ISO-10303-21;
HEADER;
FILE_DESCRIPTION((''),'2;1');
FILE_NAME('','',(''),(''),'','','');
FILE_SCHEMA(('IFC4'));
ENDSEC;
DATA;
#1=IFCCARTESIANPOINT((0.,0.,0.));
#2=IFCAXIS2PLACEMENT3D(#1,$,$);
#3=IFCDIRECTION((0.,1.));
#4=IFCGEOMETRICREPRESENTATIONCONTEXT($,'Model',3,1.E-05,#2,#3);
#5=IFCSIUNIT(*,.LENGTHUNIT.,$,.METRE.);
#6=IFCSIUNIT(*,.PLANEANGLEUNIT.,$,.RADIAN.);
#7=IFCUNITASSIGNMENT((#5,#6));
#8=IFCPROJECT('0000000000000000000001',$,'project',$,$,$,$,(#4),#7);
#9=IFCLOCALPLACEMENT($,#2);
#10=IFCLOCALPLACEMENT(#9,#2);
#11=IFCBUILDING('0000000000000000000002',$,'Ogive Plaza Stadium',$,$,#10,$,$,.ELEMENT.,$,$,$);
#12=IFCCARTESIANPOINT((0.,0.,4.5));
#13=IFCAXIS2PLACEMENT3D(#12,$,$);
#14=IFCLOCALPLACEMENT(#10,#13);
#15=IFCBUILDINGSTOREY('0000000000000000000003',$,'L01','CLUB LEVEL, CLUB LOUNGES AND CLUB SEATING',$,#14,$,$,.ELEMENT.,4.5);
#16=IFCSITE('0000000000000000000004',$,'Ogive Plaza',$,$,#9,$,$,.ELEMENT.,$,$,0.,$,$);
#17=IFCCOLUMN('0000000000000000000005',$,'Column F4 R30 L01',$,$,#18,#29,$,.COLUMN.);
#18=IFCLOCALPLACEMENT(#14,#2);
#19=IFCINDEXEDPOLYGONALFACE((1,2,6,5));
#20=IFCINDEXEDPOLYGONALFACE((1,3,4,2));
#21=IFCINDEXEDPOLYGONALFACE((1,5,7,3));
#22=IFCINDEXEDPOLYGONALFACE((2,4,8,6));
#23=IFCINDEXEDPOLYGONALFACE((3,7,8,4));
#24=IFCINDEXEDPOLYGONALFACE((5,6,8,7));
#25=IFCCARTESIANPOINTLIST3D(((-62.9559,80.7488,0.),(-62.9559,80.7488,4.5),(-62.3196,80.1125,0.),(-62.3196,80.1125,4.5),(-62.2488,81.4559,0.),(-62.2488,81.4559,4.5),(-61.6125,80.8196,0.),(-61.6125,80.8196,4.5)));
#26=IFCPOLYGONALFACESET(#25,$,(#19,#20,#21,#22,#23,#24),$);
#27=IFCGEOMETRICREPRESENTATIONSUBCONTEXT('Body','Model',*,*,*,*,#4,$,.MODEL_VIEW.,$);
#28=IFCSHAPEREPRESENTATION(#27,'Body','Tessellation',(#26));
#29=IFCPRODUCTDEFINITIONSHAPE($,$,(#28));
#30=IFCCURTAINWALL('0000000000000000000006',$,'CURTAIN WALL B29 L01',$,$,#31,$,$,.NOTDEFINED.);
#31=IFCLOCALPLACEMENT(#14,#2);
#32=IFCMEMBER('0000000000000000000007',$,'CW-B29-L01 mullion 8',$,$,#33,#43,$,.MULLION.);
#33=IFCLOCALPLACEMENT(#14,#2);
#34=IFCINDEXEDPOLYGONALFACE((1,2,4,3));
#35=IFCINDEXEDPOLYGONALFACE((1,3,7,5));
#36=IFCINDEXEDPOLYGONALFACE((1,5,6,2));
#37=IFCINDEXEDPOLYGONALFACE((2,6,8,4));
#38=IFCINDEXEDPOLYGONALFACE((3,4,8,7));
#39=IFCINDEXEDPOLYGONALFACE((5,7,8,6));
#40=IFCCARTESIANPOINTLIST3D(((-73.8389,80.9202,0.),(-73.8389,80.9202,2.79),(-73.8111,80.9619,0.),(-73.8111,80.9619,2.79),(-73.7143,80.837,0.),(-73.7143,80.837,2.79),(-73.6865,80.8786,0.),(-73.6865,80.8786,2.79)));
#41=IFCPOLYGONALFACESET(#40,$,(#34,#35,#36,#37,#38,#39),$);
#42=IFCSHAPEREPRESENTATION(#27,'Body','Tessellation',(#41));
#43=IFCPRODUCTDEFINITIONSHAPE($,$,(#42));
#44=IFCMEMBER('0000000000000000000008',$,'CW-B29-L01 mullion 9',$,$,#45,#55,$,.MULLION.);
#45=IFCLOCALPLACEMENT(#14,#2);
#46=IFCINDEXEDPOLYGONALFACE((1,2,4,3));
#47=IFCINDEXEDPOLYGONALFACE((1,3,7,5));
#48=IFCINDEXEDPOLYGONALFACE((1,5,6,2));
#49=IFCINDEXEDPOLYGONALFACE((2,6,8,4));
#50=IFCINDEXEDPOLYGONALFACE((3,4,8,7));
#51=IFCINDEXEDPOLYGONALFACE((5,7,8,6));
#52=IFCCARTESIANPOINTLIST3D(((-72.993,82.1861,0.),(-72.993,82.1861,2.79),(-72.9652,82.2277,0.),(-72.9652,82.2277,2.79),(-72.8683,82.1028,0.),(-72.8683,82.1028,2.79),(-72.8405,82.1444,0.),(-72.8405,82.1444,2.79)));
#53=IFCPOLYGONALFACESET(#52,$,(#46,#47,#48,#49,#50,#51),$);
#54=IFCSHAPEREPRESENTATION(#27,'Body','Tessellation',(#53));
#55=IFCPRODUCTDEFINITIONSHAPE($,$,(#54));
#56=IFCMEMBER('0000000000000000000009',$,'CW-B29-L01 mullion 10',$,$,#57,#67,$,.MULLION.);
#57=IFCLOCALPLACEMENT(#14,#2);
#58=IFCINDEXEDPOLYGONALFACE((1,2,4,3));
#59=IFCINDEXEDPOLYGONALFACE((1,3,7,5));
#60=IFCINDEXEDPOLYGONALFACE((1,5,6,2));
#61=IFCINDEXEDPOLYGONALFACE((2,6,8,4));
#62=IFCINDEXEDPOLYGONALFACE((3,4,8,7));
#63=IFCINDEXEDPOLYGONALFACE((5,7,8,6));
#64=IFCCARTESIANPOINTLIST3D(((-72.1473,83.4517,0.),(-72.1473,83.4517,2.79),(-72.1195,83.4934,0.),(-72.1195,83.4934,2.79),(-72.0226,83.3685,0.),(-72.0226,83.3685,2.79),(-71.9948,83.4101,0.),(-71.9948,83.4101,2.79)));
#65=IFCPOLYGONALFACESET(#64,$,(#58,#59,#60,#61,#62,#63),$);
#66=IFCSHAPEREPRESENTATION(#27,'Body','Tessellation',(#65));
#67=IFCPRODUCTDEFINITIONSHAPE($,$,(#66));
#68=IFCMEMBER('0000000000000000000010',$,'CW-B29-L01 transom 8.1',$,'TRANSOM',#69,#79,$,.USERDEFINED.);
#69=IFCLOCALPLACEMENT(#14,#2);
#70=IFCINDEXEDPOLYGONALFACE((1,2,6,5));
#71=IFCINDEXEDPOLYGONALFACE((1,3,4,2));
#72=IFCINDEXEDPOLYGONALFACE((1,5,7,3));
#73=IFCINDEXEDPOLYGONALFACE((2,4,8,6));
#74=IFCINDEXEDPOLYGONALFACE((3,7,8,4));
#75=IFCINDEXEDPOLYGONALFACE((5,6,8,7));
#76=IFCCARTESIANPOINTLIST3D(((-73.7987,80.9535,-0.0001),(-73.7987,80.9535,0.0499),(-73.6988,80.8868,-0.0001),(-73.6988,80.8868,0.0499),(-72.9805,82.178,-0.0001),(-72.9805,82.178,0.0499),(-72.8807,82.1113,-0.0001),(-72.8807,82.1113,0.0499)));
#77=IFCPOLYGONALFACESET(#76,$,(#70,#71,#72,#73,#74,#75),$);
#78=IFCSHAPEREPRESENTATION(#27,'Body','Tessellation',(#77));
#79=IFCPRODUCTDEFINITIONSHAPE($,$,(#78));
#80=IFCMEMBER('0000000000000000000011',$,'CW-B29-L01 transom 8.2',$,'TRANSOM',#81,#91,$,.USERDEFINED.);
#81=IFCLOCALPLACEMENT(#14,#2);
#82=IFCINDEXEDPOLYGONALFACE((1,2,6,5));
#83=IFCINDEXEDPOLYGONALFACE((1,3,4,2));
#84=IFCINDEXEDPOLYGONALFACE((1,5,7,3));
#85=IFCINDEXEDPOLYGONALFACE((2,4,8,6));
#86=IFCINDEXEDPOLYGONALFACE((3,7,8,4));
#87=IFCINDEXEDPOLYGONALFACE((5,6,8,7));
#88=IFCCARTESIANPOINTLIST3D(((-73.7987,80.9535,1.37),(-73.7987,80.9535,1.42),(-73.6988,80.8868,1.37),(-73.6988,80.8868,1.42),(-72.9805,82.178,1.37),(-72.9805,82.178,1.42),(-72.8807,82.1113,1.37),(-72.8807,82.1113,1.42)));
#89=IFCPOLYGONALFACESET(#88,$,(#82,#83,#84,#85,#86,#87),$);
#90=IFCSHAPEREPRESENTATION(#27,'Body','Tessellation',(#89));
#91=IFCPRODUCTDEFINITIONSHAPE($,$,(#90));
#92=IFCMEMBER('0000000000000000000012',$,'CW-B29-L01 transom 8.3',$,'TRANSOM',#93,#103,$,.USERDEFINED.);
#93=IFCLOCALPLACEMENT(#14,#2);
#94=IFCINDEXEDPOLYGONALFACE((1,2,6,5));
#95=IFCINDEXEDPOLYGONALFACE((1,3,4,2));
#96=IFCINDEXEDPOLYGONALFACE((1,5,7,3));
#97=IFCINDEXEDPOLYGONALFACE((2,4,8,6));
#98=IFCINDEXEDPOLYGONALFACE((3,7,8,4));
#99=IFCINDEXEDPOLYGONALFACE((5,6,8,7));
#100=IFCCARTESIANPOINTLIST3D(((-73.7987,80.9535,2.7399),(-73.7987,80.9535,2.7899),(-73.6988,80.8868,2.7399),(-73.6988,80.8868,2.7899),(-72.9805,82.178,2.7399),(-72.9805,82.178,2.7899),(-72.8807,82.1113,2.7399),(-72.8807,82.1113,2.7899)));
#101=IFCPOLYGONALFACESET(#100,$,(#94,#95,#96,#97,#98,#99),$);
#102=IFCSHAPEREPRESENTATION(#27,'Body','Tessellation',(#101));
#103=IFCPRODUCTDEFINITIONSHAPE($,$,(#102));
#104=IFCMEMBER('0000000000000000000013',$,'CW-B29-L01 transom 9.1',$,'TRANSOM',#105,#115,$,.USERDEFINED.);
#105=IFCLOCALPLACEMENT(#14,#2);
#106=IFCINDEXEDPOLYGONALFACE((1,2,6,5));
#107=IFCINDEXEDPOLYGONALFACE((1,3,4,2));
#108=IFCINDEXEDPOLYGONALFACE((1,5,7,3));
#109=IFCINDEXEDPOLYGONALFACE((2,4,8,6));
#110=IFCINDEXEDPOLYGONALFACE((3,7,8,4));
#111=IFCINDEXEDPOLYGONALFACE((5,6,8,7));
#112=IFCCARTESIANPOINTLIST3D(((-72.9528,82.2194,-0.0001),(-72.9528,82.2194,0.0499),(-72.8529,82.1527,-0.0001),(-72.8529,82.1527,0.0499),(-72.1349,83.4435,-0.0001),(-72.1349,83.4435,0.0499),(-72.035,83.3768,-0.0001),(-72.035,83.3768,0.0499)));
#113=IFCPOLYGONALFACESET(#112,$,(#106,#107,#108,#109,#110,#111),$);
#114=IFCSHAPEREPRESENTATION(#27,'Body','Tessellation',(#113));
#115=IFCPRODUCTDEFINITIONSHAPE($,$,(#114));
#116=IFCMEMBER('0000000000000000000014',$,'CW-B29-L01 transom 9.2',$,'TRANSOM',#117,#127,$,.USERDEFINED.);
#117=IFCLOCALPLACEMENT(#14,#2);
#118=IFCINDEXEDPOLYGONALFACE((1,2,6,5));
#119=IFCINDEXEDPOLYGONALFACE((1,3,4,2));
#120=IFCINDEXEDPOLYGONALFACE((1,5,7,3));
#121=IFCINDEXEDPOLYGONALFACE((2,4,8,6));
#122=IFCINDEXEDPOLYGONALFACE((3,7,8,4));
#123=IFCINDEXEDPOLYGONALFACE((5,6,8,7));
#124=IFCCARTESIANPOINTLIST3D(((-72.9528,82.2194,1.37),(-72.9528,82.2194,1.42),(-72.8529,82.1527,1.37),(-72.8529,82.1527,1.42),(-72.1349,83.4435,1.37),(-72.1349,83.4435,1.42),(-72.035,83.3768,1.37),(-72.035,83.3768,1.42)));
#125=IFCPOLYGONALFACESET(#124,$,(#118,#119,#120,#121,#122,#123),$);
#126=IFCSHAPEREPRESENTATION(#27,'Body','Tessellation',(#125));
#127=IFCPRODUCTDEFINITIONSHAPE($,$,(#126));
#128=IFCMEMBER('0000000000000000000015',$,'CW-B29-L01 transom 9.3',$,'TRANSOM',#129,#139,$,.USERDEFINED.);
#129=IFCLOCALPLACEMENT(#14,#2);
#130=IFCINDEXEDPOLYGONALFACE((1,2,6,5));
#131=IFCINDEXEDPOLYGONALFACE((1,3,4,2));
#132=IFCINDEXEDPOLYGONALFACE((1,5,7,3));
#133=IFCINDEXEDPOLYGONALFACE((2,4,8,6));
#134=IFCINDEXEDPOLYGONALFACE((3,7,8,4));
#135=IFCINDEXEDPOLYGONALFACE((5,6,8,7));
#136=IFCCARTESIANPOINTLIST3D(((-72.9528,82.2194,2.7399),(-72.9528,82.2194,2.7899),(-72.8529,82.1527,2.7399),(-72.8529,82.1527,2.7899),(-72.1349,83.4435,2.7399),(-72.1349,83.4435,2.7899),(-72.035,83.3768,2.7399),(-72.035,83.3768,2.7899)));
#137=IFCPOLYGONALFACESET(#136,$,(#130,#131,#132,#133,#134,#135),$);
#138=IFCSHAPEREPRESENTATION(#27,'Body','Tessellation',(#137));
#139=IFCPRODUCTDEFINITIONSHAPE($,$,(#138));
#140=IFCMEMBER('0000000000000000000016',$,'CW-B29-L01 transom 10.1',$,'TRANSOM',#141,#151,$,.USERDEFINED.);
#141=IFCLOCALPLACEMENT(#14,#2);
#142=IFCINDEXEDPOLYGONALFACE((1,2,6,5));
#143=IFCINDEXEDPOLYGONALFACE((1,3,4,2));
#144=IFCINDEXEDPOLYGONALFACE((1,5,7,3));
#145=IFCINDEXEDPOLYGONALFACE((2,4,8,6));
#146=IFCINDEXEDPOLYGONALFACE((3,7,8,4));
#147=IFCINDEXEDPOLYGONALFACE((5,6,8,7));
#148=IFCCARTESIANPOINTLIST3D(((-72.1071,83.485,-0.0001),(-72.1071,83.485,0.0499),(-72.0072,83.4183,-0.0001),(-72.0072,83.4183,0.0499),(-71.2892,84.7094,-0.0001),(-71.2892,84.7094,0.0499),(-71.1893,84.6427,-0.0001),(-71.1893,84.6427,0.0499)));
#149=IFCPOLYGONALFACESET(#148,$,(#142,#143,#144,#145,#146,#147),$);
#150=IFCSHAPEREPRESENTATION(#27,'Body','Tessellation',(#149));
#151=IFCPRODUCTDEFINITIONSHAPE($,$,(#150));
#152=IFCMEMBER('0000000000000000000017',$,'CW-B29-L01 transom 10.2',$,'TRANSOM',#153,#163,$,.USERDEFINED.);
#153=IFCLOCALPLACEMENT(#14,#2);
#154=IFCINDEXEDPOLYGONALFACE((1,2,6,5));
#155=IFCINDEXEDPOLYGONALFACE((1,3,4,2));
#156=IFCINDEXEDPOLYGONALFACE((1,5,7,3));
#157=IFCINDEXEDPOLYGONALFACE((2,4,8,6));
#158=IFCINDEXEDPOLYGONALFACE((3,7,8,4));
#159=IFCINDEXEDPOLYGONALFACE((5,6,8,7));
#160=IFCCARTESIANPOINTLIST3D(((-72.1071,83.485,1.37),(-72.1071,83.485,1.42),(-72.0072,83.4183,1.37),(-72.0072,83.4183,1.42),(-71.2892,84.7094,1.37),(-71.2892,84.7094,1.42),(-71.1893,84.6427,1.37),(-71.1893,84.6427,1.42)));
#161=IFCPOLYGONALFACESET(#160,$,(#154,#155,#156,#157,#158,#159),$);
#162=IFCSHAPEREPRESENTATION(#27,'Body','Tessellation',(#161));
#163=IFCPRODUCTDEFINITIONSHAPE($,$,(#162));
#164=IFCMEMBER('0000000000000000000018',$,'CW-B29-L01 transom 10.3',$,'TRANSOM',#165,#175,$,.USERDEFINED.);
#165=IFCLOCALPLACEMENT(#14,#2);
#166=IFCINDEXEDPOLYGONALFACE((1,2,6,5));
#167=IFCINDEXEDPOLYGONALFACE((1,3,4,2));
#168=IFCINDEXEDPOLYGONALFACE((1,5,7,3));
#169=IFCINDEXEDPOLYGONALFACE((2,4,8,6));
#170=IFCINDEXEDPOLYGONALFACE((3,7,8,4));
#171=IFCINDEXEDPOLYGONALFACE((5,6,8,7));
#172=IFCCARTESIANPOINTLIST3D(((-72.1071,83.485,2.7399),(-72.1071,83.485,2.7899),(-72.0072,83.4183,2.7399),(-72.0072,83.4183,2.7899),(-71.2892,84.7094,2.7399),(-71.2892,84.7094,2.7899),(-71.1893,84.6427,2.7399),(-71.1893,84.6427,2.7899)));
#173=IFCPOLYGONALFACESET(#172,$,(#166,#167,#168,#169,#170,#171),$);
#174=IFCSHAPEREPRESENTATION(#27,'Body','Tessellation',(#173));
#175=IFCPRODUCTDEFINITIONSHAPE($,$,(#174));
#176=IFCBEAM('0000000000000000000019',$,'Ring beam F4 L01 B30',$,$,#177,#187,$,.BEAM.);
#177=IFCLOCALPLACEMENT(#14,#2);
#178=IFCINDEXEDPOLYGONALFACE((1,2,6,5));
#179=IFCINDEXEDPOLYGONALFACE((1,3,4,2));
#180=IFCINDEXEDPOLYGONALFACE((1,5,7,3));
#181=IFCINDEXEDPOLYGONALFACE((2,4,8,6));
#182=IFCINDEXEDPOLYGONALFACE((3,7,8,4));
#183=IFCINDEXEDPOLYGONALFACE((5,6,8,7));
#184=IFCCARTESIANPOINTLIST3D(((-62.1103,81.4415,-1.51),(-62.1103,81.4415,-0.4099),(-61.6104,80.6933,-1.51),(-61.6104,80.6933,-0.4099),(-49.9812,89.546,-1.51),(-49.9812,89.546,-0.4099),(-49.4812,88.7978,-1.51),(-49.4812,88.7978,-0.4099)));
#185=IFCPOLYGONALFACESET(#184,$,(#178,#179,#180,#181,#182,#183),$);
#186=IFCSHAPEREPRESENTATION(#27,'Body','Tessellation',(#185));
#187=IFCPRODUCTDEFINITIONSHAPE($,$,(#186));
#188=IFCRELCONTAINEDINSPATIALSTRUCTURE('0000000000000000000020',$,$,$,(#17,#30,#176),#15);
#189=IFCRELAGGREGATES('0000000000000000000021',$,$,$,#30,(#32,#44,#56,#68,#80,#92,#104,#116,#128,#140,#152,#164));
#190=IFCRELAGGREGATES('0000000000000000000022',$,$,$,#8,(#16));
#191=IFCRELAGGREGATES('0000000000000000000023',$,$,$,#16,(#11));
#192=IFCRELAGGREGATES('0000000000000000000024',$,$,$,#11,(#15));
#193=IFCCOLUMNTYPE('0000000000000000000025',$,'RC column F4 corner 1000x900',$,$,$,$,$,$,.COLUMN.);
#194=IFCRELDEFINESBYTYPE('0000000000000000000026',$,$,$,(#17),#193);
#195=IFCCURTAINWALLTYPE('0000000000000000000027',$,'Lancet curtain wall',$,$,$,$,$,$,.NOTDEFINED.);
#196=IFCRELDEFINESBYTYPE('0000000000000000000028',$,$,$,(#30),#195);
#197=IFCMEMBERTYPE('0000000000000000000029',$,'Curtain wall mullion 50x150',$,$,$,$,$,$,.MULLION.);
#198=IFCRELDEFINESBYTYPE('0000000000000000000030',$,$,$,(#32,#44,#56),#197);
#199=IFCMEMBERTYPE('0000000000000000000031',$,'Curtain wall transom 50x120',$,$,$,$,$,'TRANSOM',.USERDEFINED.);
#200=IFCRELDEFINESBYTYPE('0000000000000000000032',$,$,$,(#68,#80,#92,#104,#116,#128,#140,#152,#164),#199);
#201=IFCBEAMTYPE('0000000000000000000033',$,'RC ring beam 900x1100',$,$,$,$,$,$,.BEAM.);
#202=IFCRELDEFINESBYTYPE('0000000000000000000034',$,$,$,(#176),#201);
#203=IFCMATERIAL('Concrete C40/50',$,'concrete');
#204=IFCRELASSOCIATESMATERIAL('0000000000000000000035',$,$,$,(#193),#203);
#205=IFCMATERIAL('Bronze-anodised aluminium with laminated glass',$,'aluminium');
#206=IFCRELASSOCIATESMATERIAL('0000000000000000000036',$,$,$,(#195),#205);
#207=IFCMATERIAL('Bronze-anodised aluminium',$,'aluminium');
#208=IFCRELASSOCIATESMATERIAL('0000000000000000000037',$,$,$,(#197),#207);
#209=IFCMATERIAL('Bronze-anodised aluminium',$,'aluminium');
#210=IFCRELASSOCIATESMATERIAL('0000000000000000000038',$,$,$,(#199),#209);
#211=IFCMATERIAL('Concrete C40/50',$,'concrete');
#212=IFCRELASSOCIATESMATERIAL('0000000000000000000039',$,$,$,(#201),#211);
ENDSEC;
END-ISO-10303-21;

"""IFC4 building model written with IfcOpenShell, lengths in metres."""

from ifc_helpers import new_model, si_unit, direction, frame, origin, origin_2d, place, context, subcontext, project, spatial, rectangle, extrude, material, material_profile, profile_set, type_object, element, aggregate, save


model = new_model("IFC4")

# Units and contexts
model_context = context("Model", 3, precision=1e-05, world=origin(), true_north=direction((0.0, 1.0)))
body_context = subcontext(model_context, "Body", "Model", "MODEL_VIEW")
ifc_project = project(units=[si_unit("LENGTHUNIT", "METRE"), si_unit("PLANEANGLEUNIT", "RADIAN")], contexts=[model_context])

# Site, building, storey
site_placement = place(None, origin())
site = spatial("IfcSite", under=ifc_project, at=site_placement, Name="Ogive Plaza", CompositionType="ELEMENT", RefElevation=0.0)
building_placement = place(site_placement, origin())
building = spatial("IfcBuilding", under=site, at=building_placement, Name="Ogive Plaza Stadium", CompositionType="ELEMENT")
storey_placement = place(building_placement, frame((0.0, 0.0, 4.5)))
storey = spatial("IfcBuildingStorey", under=building, at=storey_placement, Name="L01", Description="CLUB LEVEL, CLUB LOUNGES AND CLUB SEATING", CompositionType="ELEMENT", Elevation=4.5)

# Column
ifc_material_1 = material(Name="Concrete C40/50", Category="concrete")
ifc_material_profile_1 = material_profile(ifc_material_1, rectangle(XDim=1.0, YDim=0.8999, at=origin_2d()), Name="RC 1000x900")
ifc_profile_set_1 = profile_set([ifc_material_profile_1], Name="Concrete C40/50")
column_type = type_object("IfcColumnType", Name="RC column F4 corner 1000x900", PredefinedType="COLUMN", material=ifc_profile_set_1)
column_placement = place(storey_placement, frame((-62.2842, 80.7842, 0.0), z_axis=(0.0, 0.0, 1.0), x_axis=(-0.707107, -0.707107, 0.0)))
element("IfcColumn", 1, at=column_placement, inside=storey, type_object=column_type, Name="Column F4 R30 L01", PredefinedType="COLUMN", context=body_context, shape_type="SweptSolid", body=[
    extrude(rectangle(XDim=1.0, YDim=0.8999, at=origin_2d()), origin(), (0.0, 0.0, 1.0), 4.5),
])

# Curtain wall, members
ifc_material_2 = material(Name="Bronze-anodised aluminium with laminated glass", Category="aluminium")
curtain_wall_type = type_object("IfcCurtainWallType", Name="Lancet curtain wall", PredefinedType="NOTDEFINED", material=ifc_material_2)
curtain_wall_placement = place(storey_placement, origin())
curtain_wall = element("IfcCurtainWall", 2, at=curtain_wall_placement, inside=storey, type_object=curtain_wall_type, Name="CURTAIN WALL B29 L01", PredefinedType="NOTDEFINED")
ifc_material_3 = material(Name="Bronze-anodised aluminium", Category="aluminium")
ifc_material_profile_2 = material_profile(ifc_material_3, rectangle(XDim=0.1499, YDim=0.05, at=origin_2d()), Name="AL 150x50")
ifc_profile_set_2 = profile_set([ifc_material_profile_2], Name="Bronze-anodised aluminium")
member_type_1 = type_object("IfcMemberType", Name="Curtain wall mullion 50x150", PredefinedType="MULLION", material=ifc_profile_set_2)
member_1_placement = place(storey_placement, frame((-73.7627, 80.8994, 0.0), z_axis=(0.0, 0.0, 1.0), x_axis=(-0.83147, 0.55557, 0.0)))
member_1 = element("IfcMember", 3, at=member_1_placement, type_object=member_type_1, Name="CW-B29-L01 mullion 8", PredefinedType="MULLION", context=body_context, shape_type="SweptSolid", body=[
    extrude(rectangle(XDim=0.1499, YDim=0.05, at=origin_2d()), origin(), (0.0, 0.0, 1.0), 2.79),
])
member_2_placement = place(storey_placement, frame((-72.9167, 82.1653, 0.0), z_axis=(0.0, 0.0, 1.0), x_axis=(-0.83147, 0.55557, 0.0)))
member_2 = element("IfcMember", 4, at=member_2_placement, type_object=member_type_1, Name="CW-B29-L01 mullion 9", PredefinedType="MULLION", context=body_context, shape_type="SweptSolid", body=[
    extrude(rectangle(XDim=0.1499, YDim=0.05, at=origin_2d()), origin(), (0.0, 0.0, 1.0), 2.79),
])
member_3_placement = place(storey_placement, frame((-72.071, 83.4309, 0.0), z_axis=(0.0, 0.0, 1.0), x_axis=(-0.83147, 0.55557, 0.0)))
member_3 = element("IfcMember", 5, at=member_3_placement, type_object=member_type_1, Name="CW-B29-L01 mullion 10", PredefinedType="MULLION", context=body_context, shape_type="SweptSolid", body=[
    extrude(rectangle(XDim=0.1499, YDim=0.05, at=origin_2d()), origin(), (0.0, 0.0, 1.0), 2.79),
])
ifc_material_4 = material(Name="Bronze-anodised aluminium", Category="aluminium")
ifc_material_profile_3 = material_profile(ifc_material_4, rectangle(XDim=0.1201, YDim=0.05, at=origin_2d()), Name="AL 120x50")
ifc_profile_set_3 = profile_set([ifc_material_profile_3], Name="Bronze-anodised aluminium")
member_type_2 = type_object("IfcMemberType", Name="Curtain wall transom 50x120", ElementType="TRANSOM", PredefinedType="USERDEFINED", material=ifc_profile_set_3)
member_4_placement = place(storey_placement, frame((-73.7488, 80.9202, 0.0249), z_axis=(0.55558, 0.831463, 0.0), x_axis=(-0.831463, 0.55558, 0.0)))
member_4 = element("IfcMember", 6, at=member_4_placement, type_object=member_type_2, Name="CW-B29-L01 transom 8.1", ObjectType="TRANSOM", PredefinedType="USERDEFINED", context=body_context, shape_type="SweptSolid", body=[
    extrude(rectangle(XDim=0.1201, YDim=0.05, at=origin_2d()), origin(), (0.0, 0.0, 1.0), 1.4727),
])
member_5_placement = place(storey_placement, frame((-73.7488, 80.9202, 1.395), z_axis=(0.55558, 0.831463, 0.0), x_axis=(-0.831463, 0.55558, 0.0)))
member_5 = element("IfcMember", 7, at=member_5_placement, type_object=member_type_2, Name="CW-B29-L01 transom 8.2", ObjectType="TRANSOM", PredefinedType="USERDEFINED", context=body_context, shape_type="SweptSolid", body=[
    extrude(rectangle(XDim=0.1201, YDim=0.05, at=origin_2d()), origin(), (0.0, 0.0, 1.0), 1.4727),
])
member_6_placement = place(storey_placement, frame((-73.7488, 80.9202, 2.7649), z_axis=(0.55558, 0.831463, 0.0), x_axis=(-0.831463, 0.55558, 0.0)))
member_6 = element("IfcMember", 8, at=member_6_placement, type_object=member_type_2, Name="CW-B29-L01 transom 8.3", ObjectType="TRANSOM", PredefinedType="USERDEFINED", context=body_context, shape_type="SweptSolid", body=[
    extrude(rectangle(XDim=0.1201, YDim=0.05, at=origin_2d()), origin(), (0.0, 0.0, 1.0), 1.4727),
])
member_7_placement = place(storey_placement, frame((-72.9028, 82.186, 0.0249), z_axis=(0.555542, 0.831489, 0.0), x_axis=(-0.831489, 0.555542, 0.0)))
member_7 = element("IfcMember", 9, at=member_7_placement, type_object=member_type_2, Name="CW-B29-L01 transom 9.1", ObjectType="TRANSOM", PredefinedType="USERDEFINED", context=body_context, shape_type="SweptSolid", body=[
    extrude(rectangle(XDim=0.1201, YDim=0.05, at=origin_2d()), origin(), (0.0, 0.0, 1.0), 1.4722),
])
member_8_placement = place(storey_placement, frame((-72.9028, 82.186, 1.395), z_axis=(0.555542, 0.831489, 0.0), x_axis=(-0.831489, 0.555542, 0.0)))
member_8 = element("IfcMember", 10, at=member_8_placement, type_object=member_type_2, Name="CW-B29-L01 transom 9.2", ObjectType="TRANSOM", PredefinedType="USERDEFINED", context=body_context, shape_type="SweptSolid", body=[
    extrude(rectangle(XDim=0.1201, YDim=0.05, at=origin_2d()), origin(), (0.0, 0.0, 1.0), 1.4722),
])
member_9_placement = place(storey_placement, frame((-72.9028, 82.186, 2.7649), z_axis=(0.555542, 0.831489, 0.0), x_axis=(-0.831489, 0.555542, 0.0)))
member_9 = element("IfcMember", 11, at=member_9_placement, type_object=member_type_2, Name="CW-B29-L01 transom 9.3", ObjectType="TRANSOM", PredefinedType="USERDEFINED", context=body_context, shape_type="SweptSolid", body=[
    extrude(rectangle(XDim=0.1201, YDim=0.05, at=origin_2d()), origin(), (0.0, 0.0, 1.0), 1.4722),
])
member_10_placement = place(storey_placement, frame((-72.0571, 83.4517, 0.0249), z_axis=(0.555465, 0.83154, 0.0), x_axis=(-0.83154, 0.555465, 0.0)))
member_10 = element("IfcMember", 12, at=member_10_placement, type_object=member_type_2, Name="CW-B29-L01 transom 10.1", ObjectType="TRANSOM", PredefinedType="USERDEFINED", context=body_context, shape_type="SweptSolid", body=[
    extrude(rectangle(XDim=0.1201, YDim=0.05, at=origin_2d()), origin(), (0.0, 0.0, 1.0), 1.4724),
])
member_11_placement = place(storey_placement, frame((-72.0571, 83.4517, 1.395), z_axis=(0.555465, 0.83154, 0.0), x_axis=(-0.83154, 0.555465, 0.0)))
member_11 = element("IfcMember", 13, at=member_11_placement, type_object=member_type_2, Name="CW-B29-L01 transom 10.2", ObjectType="TRANSOM", PredefinedType="USERDEFINED", context=body_context, shape_type="SweptSolid", body=[
    extrude(rectangle(XDim=0.1201, YDim=0.05, at=origin_2d()), origin(), (0.0, 0.0, 1.0), 1.4724),
])
member_12_placement = place(storey_placement, frame((-72.0571, 83.4517, 2.7649), z_axis=(0.555465, 0.83154, 0.0), x_axis=(-0.83154, 0.555465, 0.0)))
member_12 = element("IfcMember", 14, at=member_12_placement, type_object=member_type_2, Name="CW-B29-L01 transom 10.3", ObjectType="TRANSOM", PredefinedType="USERDEFINED", context=body_context, shape_type="SweptSolid", body=[
    extrude(rectangle(XDim=0.1201, YDim=0.05, at=origin_2d()), origin(), (0.0, 0.0, 1.0), 1.4724),
])

# Beam
ifc_material_5 = material(Name="Concrete C40/50", Category="concrete")
ifc_material_profile_4 = material_profile(ifc_material_5, rectangle(XDim=0.8999, YDim=1.1001, at=origin_2d()), Name="RC 900x1100")
ifc_profile_set_4 = profile_set([ifc_material_profile_4], Name="Concrete C40/50")
beam_type = type_object("IfcBeamType", Name="RC ring beam 900x1100", PredefinedType="BEAM", material=ifc_profile_set_4)
beam_placement = place(storey_placement, frame((-61.8604, 81.0674, -0.96), z_axis=(0.831468, 0.555573, 0.0), x_axis=(-0.555573, 0.831468, 0.0)))
element("IfcBeam", 15, at=beam_placement, inside=storey, type_object=beam_type, Name="Ring beam F4 L01 B30", PredefinedType="BEAM", context=body_context, shape_type="SweptSolid", body=[
    extrude(rectangle(XDim=0.8999, YDim=1.1001, at=origin_2d()), origin(), (0.0, 0.0, 1.0), 14.5876),
])

aggregate(curtain_wall, [member_1, member_2, member_3, member_4, member_5, member_6, member_7, member_8, member_9, member_10, member_11, member_12])

save(model, "model.ifc")
